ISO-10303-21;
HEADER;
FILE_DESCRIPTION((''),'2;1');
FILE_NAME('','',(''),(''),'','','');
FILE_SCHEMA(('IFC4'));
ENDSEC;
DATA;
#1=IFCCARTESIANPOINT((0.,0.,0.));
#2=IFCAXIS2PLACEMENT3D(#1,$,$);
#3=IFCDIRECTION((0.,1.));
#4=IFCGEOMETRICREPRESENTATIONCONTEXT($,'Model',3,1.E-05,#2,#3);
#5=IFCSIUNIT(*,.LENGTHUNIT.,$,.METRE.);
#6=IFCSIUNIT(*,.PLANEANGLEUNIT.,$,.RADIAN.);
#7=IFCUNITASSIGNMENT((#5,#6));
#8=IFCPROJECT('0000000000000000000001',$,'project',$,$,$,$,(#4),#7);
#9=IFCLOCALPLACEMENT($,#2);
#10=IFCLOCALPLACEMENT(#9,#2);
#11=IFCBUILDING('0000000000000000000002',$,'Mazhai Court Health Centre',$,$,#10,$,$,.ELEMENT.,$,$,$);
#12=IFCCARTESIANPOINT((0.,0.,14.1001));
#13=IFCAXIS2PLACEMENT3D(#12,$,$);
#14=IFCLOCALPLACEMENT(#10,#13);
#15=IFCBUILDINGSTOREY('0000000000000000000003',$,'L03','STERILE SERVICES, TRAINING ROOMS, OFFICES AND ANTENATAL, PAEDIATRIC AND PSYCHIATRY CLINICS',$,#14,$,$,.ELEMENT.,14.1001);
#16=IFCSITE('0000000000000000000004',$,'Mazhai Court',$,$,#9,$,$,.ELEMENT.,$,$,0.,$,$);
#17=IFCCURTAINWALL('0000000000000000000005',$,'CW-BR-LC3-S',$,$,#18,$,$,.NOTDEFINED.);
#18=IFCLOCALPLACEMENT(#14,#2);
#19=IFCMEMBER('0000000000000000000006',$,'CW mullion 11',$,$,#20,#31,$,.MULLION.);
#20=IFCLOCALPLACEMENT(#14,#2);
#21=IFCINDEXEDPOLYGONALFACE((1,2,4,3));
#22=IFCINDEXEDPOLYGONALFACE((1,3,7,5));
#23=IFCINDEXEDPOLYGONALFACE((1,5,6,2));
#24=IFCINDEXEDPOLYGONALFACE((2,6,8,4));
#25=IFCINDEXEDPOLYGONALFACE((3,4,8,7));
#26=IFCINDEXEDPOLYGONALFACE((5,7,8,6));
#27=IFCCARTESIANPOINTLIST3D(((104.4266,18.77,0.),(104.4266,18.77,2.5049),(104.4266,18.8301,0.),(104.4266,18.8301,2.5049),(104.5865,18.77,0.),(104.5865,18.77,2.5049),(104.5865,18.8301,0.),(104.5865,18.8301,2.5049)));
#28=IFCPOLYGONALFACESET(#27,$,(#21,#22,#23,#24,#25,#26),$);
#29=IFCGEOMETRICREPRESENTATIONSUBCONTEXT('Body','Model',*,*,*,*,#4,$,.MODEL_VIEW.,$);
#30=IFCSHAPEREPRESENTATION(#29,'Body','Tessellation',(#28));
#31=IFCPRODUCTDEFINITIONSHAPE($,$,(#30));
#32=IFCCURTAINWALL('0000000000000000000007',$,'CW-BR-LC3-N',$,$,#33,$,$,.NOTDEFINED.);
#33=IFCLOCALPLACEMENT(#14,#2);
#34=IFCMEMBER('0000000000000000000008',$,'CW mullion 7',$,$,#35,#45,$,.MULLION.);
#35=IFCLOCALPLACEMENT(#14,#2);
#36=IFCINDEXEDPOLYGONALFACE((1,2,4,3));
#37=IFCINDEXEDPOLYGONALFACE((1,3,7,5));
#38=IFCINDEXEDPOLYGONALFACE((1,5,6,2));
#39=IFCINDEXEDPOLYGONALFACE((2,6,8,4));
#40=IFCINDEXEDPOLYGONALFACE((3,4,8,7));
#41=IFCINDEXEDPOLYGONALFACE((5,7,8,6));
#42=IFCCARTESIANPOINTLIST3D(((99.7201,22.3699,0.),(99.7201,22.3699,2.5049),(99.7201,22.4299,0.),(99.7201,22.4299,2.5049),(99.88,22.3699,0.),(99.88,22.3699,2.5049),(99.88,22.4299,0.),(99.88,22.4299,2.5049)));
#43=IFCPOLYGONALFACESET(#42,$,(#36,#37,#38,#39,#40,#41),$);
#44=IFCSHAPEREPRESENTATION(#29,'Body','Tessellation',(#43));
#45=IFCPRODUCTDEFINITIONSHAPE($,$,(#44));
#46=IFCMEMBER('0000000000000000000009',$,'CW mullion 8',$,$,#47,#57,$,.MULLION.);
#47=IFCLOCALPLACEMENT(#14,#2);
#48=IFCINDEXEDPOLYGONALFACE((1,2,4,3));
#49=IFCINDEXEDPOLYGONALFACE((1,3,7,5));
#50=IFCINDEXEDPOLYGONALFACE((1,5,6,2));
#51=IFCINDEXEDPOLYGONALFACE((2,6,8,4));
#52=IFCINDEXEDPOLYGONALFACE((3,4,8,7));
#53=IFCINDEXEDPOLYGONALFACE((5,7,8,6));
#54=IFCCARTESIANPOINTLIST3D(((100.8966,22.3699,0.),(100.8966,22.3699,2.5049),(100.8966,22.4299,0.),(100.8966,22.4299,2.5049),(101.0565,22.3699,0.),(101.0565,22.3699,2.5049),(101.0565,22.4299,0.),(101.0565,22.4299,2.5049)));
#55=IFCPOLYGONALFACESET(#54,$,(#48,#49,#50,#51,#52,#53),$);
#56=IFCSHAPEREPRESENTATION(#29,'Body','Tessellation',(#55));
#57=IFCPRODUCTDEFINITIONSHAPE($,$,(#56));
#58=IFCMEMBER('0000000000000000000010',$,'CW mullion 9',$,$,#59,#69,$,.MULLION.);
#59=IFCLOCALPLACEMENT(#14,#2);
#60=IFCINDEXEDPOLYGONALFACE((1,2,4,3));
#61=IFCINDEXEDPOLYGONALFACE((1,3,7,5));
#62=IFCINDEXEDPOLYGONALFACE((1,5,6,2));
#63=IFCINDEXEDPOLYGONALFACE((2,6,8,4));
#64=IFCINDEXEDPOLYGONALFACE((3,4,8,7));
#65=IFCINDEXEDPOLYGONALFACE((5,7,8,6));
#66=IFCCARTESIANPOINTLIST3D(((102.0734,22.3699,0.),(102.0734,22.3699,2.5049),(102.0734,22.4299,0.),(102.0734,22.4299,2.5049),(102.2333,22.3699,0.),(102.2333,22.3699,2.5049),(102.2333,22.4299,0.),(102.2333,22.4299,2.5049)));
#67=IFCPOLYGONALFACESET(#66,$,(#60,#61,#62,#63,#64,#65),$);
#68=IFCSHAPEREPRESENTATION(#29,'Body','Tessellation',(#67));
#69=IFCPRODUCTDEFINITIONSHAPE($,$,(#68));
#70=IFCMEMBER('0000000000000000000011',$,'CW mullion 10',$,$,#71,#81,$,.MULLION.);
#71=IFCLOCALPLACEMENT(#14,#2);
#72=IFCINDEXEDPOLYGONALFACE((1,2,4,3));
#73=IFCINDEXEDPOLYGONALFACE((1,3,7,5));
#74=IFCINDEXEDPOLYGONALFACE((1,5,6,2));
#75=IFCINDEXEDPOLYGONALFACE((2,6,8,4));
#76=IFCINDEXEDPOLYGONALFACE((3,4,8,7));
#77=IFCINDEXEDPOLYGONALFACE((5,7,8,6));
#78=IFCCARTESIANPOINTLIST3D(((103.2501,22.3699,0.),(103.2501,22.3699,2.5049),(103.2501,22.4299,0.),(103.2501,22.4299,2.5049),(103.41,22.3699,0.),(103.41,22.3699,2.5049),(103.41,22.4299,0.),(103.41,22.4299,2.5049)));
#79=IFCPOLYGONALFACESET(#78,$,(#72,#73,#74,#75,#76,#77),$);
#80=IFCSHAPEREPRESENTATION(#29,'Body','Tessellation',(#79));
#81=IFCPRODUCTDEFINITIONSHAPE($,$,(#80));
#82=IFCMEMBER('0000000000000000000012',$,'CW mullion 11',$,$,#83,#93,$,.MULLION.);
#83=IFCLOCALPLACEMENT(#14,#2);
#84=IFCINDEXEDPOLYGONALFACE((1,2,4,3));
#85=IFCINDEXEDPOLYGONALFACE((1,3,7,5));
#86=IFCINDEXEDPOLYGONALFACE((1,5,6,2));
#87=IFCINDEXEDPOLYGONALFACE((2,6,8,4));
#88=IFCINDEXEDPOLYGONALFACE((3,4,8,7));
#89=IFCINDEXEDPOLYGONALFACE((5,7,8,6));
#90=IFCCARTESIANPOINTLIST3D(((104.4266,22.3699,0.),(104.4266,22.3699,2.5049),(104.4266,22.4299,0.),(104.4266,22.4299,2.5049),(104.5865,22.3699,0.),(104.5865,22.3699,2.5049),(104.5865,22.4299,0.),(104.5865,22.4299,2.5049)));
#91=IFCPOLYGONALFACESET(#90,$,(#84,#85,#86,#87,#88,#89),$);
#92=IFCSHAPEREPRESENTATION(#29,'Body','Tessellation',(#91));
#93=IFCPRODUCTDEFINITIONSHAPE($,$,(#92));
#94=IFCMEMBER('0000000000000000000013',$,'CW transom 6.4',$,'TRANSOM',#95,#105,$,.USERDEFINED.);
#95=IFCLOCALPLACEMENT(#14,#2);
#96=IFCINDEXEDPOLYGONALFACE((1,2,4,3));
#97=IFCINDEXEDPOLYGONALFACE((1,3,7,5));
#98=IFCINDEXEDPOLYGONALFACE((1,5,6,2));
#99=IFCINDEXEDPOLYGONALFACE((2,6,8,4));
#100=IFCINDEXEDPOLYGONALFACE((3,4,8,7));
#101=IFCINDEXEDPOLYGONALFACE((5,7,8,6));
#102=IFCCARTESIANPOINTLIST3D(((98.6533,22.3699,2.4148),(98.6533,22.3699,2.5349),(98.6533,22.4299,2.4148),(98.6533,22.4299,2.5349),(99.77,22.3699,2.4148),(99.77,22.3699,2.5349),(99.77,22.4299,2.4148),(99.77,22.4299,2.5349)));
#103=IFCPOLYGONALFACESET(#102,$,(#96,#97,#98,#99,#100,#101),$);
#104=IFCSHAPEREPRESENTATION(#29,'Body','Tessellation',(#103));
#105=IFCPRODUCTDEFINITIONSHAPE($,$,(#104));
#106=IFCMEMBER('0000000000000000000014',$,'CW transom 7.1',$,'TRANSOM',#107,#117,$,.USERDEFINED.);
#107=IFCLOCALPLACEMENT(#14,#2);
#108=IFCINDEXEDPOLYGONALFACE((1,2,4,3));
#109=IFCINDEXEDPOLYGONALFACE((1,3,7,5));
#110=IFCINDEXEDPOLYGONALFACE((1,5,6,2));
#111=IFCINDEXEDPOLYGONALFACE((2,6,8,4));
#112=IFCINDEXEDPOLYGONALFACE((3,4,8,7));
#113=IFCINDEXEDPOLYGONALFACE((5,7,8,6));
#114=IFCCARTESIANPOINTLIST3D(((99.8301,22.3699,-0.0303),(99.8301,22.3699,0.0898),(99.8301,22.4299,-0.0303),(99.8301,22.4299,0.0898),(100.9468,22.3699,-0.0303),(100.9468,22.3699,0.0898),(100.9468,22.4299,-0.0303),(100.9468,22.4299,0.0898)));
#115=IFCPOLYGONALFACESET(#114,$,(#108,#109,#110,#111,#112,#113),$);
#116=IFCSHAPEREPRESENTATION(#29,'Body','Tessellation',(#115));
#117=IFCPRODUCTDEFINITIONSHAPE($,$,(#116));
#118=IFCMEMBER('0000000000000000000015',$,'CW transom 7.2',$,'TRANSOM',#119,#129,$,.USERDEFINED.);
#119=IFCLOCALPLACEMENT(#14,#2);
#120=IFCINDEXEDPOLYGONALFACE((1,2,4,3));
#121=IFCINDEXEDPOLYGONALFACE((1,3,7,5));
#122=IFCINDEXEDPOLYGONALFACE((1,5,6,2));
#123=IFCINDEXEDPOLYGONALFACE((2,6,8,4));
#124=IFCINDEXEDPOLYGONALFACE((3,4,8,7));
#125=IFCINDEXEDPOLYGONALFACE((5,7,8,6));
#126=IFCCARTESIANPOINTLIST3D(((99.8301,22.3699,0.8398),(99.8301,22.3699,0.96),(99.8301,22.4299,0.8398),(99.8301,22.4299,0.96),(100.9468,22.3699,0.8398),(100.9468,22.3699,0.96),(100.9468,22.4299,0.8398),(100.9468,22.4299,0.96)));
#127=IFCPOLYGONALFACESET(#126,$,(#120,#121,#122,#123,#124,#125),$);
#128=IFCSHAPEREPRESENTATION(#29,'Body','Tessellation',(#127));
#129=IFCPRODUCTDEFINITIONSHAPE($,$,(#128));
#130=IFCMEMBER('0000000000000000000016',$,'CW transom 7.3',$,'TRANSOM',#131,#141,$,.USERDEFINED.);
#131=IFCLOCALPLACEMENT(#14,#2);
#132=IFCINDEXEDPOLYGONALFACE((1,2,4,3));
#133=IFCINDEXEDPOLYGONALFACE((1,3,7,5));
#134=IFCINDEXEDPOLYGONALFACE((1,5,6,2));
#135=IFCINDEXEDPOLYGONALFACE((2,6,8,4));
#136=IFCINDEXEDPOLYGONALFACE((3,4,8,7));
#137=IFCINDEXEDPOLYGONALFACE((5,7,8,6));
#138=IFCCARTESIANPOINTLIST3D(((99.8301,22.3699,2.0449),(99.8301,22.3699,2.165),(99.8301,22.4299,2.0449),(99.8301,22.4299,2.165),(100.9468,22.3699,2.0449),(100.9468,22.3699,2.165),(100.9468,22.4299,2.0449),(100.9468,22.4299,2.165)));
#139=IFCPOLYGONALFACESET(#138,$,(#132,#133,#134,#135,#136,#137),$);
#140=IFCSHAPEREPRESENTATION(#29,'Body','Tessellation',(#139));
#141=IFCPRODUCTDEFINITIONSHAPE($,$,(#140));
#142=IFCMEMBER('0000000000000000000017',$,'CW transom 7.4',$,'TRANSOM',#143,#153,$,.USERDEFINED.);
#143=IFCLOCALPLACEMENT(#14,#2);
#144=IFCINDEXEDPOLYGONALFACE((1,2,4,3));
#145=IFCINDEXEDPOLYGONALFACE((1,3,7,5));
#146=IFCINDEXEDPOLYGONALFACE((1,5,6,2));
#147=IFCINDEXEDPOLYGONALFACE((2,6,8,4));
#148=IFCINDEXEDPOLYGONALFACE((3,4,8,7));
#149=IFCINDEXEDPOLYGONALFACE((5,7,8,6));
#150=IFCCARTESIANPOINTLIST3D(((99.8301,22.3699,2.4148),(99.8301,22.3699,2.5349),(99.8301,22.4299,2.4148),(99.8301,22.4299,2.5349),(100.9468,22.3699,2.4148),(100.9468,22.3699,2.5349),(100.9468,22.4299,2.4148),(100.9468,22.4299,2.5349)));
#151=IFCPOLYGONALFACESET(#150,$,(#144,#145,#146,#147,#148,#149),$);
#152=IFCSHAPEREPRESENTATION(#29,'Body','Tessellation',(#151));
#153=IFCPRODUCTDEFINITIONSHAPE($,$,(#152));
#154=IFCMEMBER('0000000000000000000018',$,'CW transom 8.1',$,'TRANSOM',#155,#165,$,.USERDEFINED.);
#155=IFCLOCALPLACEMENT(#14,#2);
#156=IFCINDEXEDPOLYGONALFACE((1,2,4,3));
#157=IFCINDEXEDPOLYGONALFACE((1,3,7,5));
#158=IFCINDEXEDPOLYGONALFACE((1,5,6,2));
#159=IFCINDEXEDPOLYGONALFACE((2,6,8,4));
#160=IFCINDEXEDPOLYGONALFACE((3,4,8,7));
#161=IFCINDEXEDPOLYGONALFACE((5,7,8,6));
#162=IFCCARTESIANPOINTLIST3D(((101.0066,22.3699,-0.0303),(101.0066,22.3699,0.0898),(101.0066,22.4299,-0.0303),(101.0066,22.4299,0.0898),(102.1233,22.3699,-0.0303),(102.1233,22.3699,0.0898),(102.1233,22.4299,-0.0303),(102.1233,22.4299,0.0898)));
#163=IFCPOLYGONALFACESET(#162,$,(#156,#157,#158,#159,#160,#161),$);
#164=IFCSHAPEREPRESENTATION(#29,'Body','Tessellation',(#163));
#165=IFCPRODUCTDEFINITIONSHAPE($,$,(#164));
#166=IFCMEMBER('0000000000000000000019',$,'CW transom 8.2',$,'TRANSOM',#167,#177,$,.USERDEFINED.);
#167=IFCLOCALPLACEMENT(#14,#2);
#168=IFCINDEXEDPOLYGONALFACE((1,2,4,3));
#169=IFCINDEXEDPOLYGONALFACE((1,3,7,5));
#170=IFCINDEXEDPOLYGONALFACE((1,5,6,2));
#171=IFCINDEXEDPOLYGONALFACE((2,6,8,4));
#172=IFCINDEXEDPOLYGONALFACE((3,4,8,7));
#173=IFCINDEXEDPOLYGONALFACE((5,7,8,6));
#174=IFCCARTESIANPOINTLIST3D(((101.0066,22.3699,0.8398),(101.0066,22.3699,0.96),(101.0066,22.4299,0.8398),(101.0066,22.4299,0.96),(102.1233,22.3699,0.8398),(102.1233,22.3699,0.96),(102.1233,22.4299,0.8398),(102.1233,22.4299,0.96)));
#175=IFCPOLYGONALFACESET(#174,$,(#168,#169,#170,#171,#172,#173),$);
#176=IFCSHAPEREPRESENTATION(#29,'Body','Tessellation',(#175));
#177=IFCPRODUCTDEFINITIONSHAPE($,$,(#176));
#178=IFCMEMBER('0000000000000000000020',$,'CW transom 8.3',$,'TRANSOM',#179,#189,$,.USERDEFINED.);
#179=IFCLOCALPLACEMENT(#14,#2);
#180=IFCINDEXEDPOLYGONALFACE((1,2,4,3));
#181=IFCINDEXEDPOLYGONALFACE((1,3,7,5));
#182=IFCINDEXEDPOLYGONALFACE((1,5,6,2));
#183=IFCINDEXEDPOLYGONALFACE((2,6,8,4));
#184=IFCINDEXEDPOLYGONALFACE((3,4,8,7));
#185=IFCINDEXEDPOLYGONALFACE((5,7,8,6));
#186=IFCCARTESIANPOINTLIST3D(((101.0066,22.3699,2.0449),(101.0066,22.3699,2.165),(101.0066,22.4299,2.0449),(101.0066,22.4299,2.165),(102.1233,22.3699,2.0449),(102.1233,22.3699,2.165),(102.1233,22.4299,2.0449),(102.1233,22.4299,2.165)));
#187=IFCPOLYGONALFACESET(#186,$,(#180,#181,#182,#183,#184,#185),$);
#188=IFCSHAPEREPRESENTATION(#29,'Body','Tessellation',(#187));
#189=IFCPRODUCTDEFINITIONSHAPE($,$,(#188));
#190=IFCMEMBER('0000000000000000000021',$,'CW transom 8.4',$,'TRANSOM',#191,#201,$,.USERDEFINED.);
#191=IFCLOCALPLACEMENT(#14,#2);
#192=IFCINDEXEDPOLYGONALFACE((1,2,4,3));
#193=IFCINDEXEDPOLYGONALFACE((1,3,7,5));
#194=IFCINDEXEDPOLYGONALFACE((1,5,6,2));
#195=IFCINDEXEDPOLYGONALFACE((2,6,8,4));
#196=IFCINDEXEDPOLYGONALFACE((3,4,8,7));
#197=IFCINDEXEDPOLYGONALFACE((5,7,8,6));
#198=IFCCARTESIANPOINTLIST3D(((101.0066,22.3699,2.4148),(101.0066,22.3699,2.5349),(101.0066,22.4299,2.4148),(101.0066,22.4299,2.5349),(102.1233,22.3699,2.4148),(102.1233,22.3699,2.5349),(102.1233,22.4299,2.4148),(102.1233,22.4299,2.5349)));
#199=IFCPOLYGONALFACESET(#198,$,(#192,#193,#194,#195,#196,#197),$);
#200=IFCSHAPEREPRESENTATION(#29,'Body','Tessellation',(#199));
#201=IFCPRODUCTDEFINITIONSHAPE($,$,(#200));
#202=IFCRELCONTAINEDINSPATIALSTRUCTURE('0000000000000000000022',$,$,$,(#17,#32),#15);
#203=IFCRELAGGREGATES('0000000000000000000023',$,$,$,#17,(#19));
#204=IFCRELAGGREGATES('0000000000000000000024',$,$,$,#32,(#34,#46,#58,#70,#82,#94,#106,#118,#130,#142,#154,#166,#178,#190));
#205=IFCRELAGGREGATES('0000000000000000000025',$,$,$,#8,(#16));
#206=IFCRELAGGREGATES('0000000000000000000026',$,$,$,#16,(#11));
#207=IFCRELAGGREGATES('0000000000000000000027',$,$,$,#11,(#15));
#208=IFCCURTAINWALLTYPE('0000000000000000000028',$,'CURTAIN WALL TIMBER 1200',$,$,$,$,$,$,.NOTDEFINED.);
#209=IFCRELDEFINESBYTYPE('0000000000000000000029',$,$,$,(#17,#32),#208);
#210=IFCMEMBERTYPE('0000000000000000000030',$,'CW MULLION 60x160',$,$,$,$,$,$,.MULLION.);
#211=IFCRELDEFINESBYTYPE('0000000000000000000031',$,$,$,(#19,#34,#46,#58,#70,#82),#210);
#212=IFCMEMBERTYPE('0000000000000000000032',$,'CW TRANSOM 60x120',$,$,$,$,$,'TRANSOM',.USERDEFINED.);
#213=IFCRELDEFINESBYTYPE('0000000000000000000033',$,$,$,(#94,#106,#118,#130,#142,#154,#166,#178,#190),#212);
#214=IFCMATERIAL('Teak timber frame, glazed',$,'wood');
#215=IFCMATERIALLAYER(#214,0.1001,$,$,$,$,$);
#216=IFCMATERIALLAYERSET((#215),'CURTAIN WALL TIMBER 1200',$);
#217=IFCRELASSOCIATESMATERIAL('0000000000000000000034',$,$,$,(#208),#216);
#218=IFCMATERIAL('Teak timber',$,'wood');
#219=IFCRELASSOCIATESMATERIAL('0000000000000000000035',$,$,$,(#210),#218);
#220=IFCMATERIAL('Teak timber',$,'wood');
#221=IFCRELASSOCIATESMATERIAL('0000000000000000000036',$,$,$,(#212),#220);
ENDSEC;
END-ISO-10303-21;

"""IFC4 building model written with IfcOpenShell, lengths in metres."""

from ifc_helpers import new_model, si_unit, direction, frame, origin, origin_2d, place, context, subcontext, project, spatial, rectangle, extrude, material, layer, layer_set, material_profile, profile_set, type_object, element, aggregate, save


model = new_model("IFC4")

# Units and contexts
model_context = context("Model", 3, precision=1e-05, world=origin(), true_north=direction((0.0, 1.0)))
body_context = subcontext(model_context, "Body", "Model", "MODEL_VIEW")
ifc_project = project(units=[si_unit("LENGTHUNIT", "METRE"), si_unit("PLANEANGLEUNIT", "RADIAN")], contexts=[model_context])

# Site, building, storey
site_placement = place(None, origin())
site = spatial("IfcSite", under=ifc_project, at=site_placement, Name="Mazhai Court", CompositionType="ELEMENT", RefElevation=0.0)
building_placement = place(site_placement, origin())
building = spatial("IfcBuilding", under=site, at=building_placement, Name="Mazhai Court Health Centre", CompositionType="ELEMENT")
storey_placement = place(building_placement, frame((0.0, 0.0, 14.1001)))
storey = spatial("IfcBuildingStorey", under=building, at=storey_placement, Name="L03", Description="STERILE SERVICES, TRAINING ROOMS, OFFICES AND ANTENATAL, PAEDIATRIC AND PSYCHIATRY CLINICS", CompositionType="ELEMENT", Elevation=14.1001)

# Curtain wall, member
ifc_material_1 = material(Name="Teak timber frame, glazed", Category="wood")
ifc_layer_1 = layer(ifc_material_1, 0.1001)
ifc_layer_set_1 = layer_set([ifc_layer_1], Name="CURTAIN WALL TIMBER 1200")
curtain_wall_type = type_object("IfcCurtainWallType", Name="CURTAIN WALL TIMBER 1200", PredefinedType="NOTDEFINED", material=ifc_layer_set_1)
curtain_wall_1_placement = place(storey_placement, origin())
curtain_wall_1 = element("IfcCurtainWall", 1, at=curtain_wall_1_placement, inside=storey, type_object=curtain_wall_type, Name="CW-BR-LC3-S", PredefinedType="NOTDEFINED")
ifc_material_2 = material(Name="Teak timber", Category="wood")
ifc_material_profile_1 = material_profile(ifc_material_2, rectangle(XDim=0.0601, YDim=0.1599, at=origin_2d()), Name="CW MULLION 60x160")
ifc_profile_set_1 = profile_set([ifc_material_profile_1], Name="Teak timber")
member_type_1 = type_object("IfcMemberType", Name="CW MULLION 60x160", PredefinedType="MULLION", material=ifc_profile_set_1)
member_1_placement = place(storey_placement, frame((104.5066, 18.8, 0.0), z_axis=(0.0, 0.0, 1.0), x_axis=(0.0, 1.0, 0.0)))
member_1 = element("IfcMember", 2, at=member_1_placement, type_object=member_type_1, Name="CW mullion 11", PredefinedType="MULLION", context=body_context, shape_type="SweptSolid", body=[
    extrude(rectangle(XDim=0.0601, YDim=0.1599, at=origin_2d()), origin(), (0.0, 0.0, 1.0), 2.5049),
])
aggregate(curtain_wall_1, [member_1])

# Curtain wall, members
curtain_wall_2_placement = place(storey_placement, origin())
curtain_wall_2 = element("IfcCurtainWall", 3, at=curtain_wall_2_placement, inside=storey, type_object=curtain_wall_type, Name="CW-BR-LC3-N", PredefinedType="NOTDEFINED")
member_2_placement = place(storey_placement, frame((99.8, 22.3999, 0.0), z_axis=(0.0, 0.0, 1.0), x_axis=(0.0, 1.0, 0.0)))
member_2 = element("IfcMember", 4, at=member_2_placement, type_object=member_type_1, Name="CW mullion 7", PredefinedType="MULLION", context=body_context, shape_type="SweptSolid", body=[
    extrude(rectangle(XDim=0.0601, YDim=0.1599, at=origin_2d()), origin(), (0.0, 0.0, 1.0), 2.5049),
])
member_3_placement = place(storey_placement, frame((100.9766, 22.3999, 0.0), z_axis=(0.0, 0.0, 1.0), x_axis=(0.0, 1.0, 0.0)))
member_3 = element("IfcMember", 5, at=member_3_placement, type_object=member_type_1, Name="CW mullion 8", PredefinedType="MULLION", context=body_context, shape_type="SweptSolid", body=[
    extrude(rectangle(XDim=0.0601, YDim=0.1599, at=origin_2d()), origin(), (0.0, 0.0, 1.0), 2.5049),
])
member_4_placement = place(storey_placement, frame((102.1533, 22.3999, 0.0), z_axis=(0.0, 0.0, 1.0), x_axis=(0.0, 1.0, 0.0)))
member_4 = element("IfcMember", 6, at=member_4_placement, type_object=member_type_1, Name="CW mullion 9", PredefinedType="MULLION", context=body_context, shape_type="SweptSolid", body=[
    extrude(rectangle(XDim=0.0601, YDim=0.1599, at=origin_2d()), origin(), (0.0, 0.0, 1.0), 2.5049),
])
member_5_placement = place(storey_placement, frame((103.3301, 22.3999, 0.0), z_axis=(0.0, 0.0, 1.0), x_axis=(0.0, 1.0, 0.0)))
member_5 = element("IfcMember", 7, at=member_5_placement, type_object=member_type_1, Name="CW mullion 10", PredefinedType="MULLION", context=body_context, shape_type="SweptSolid", body=[
    extrude(rectangle(XDim=0.0601, YDim=0.1599, at=origin_2d()), origin(), (0.0, 0.0, 1.0), 2.5049),
])
member_6_placement = place(storey_placement, frame((104.5066, 22.3999, 0.0), z_axis=(0.0, 0.0, 1.0), x_axis=(0.0, 1.0, 0.0)))
member_6 = element("IfcMember", 8, at=member_6_placement, type_object=member_type_1, Name="CW mullion 11", PredefinedType="MULLION", context=body_context, shape_type="SweptSolid", body=[
    extrude(rectangle(XDim=0.0601, YDim=0.1599, at=origin_2d()), origin(), (0.0, 0.0, 1.0), 2.5049),
])
ifc_material_3 = material(Name="Teak timber", Category="wood")
ifc_material_profile_2 = material_profile(ifc_material_3, rectangle(XDim=0.0601, YDim=0.1201, at=origin_2d()), Name="CW TRANSOM 60x120")
ifc_profile_set_2 = profile_set([ifc_material_profile_2], Name="Teak timber")
member_type_2 = type_object("IfcMemberType", Name="CW TRANSOM 60x120", ElementType="TRANSOM", PredefinedType="USERDEFINED", material=ifc_profile_set_2)
member_7_placement = place(storey_placement, frame((98.6533, 22.3999, 2.4749), z_axis=(1.0, 0.0, 0.0), x_axis=(0.0, 1.0, 0.0)))
member_7 = element("IfcMember", 9, at=member_7_placement, type_object=member_type_2, Name="CW transom 6.4", ObjectType="TRANSOM", PredefinedType="USERDEFINED", context=body_context, shape_type="SweptSolid", body=[
    extrude(rectangle(XDim=0.0601, YDim=0.1201, at=origin_2d()), origin(), (0.0, 0.0, 1.0), 1.1167),
])
member_8_placement = place(storey_placement, frame((99.8301, 22.3999, 0.0298), z_axis=(1.0, 0.0, 0.0), x_axis=(0.0, 1.0, 0.0)))
member_8 = element("IfcMember", 10, at=member_8_placement, type_object=member_type_2, Name="CW transom 7.1", ObjectType="TRANSOM", PredefinedType="USERDEFINED", context=body_context, shape_type="SweptSolid", body=[
    extrude(rectangle(XDim=0.0601, YDim=0.1201, at=origin_2d()), origin(), (0.0, 0.0, 1.0), 1.1167),
])
member_9_placement = place(storey_placement, frame((99.8301, 22.3999, 0.8999), z_axis=(1.0, 0.0, 0.0), x_axis=(0.0, 1.0, 0.0)))
member_9 = element("IfcMember", 11, at=member_9_placement, type_object=member_type_2, Name="CW transom 7.2", ObjectType="TRANSOM", PredefinedType="USERDEFINED", context=body_context, shape_type="SweptSolid", body=[
    extrude(rectangle(XDim=0.0601, YDim=0.1201, at=origin_2d()), origin(), (0.0, 0.0, 1.0), 1.1167),
])
member_10_placement = place(storey_placement, frame((99.8301, 22.3999, 2.105), z_axis=(1.0, 0.0, 0.0), x_axis=(0.0, 1.0, 0.0)))
member_10 = element("IfcMember", 12, at=member_10_placement, type_object=member_type_2, Name="CW transom 7.3", ObjectType="TRANSOM", PredefinedType="USERDEFINED", context=body_context, shape_type="SweptSolid", body=[
    extrude(rectangle(XDim=0.0601, YDim=0.1201, at=origin_2d()), origin(), (0.0, 0.0, 1.0), 1.1167),
])
member_11_placement = place(storey_placement, frame((99.8301, 22.3999, 2.4749), z_axis=(1.0, 0.0, 0.0), x_axis=(0.0, 1.0, 0.0)))
member_11 = element("IfcMember", 13, at=member_11_placement, type_object=member_type_2, Name="CW transom 7.4", ObjectType="TRANSOM", PredefinedType="USERDEFINED", context=body_context, shape_type="SweptSolid", body=[
    extrude(rectangle(XDim=0.0601, YDim=0.1201, at=origin_2d()), origin(), (0.0, 0.0, 1.0), 1.1167),
])
member_12_placement = place(storey_placement, frame((101.0066, 22.3999, 0.0298), z_axis=(1.0, 0.0, 0.0), x_axis=(0.0, 1.0, 0.0)))
member_12 = element("IfcMember", 14, at=member_12_placement, type_object=member_type_2, Name="CW transom 8.1", ObjectType="TRANSOM", PredefinedType="USERDEFINED", context=body_context, shape_type="SweptSolid", body=[
    extrude(rectangle(XDim=0.0601, YDim=0.1201, at=origin_2d()), origin(), (0.0, 0.0, 1.0), 1.1167),
])
member_13_placement = place(storey_placement, frame((101.0066, 22.3999, 0.8999), z_axis=(1.0, 0.0, 0.0), x_axis=(0.0, 1.0, 0.0)))
member_13 = element("IfcMember", 15, at=member_13_placement, type_object=member_type_2, Name="CW transom 8.2", ObjectType="TRANSOM", PredefinedType="USERDEFINED", context=body_context, shape_type="SweptSolid", body=[
    extrude(rectangle(XDim=0.0601, YDim=0.1201, at=origin_2d()), origin(), (0.0, 0.0, 1.0), 1.1167),
])
member_14_placement = place(storey_placement, frame((101.0066, 22.3999, 2.105), z_axis=(1.0, 0.0, 0.0), x_axis=(0.0, 1.0, 0.0)))
member_14 = element("IfcMember", 16, at=member_14_placement, type_object=member_type_2, Name="CW transom 8.3", ObjectType="TRANSOM", PredefinedType="USERDEFINED", context=body_context, shape_type="SweptSolid", body=[
    extrude(rectangle(XDim=0.0601, YDim=0.1201, at=origin_2d()), origin(), (0.0, 0.0, 1.0), 1.1167),
])
member_15_placement = place(storey_placement, frame((101.0066, 22.3999, 2.4749), z_axis=(1.0, 0.0, 0.0), x_axis=(0.0, 1.0, 0.0)))
member_15 = element("IfcMember", 17, at=member_15_placement, type_object=member_type_2, Name="CW transom 8.4", ObjectType="TRANSOM", PredefinedType="USERDEFINED", context=body_context, shape_type="SweptSolid", body=[
    extrude(rectangle(XDim=0.0601, YDim=0.1201, at=origin_2d()), origin(), (0.0, 0.0, 1.0), 1.1167),
])
aggregate(curtain_wall_2, [member_2, member_3, member_4, member_5, member_6, member_7, member_8, member_9, member_10, member_11, member_12, member_13, member_14, member_15])

save(model, "model.ifc")
